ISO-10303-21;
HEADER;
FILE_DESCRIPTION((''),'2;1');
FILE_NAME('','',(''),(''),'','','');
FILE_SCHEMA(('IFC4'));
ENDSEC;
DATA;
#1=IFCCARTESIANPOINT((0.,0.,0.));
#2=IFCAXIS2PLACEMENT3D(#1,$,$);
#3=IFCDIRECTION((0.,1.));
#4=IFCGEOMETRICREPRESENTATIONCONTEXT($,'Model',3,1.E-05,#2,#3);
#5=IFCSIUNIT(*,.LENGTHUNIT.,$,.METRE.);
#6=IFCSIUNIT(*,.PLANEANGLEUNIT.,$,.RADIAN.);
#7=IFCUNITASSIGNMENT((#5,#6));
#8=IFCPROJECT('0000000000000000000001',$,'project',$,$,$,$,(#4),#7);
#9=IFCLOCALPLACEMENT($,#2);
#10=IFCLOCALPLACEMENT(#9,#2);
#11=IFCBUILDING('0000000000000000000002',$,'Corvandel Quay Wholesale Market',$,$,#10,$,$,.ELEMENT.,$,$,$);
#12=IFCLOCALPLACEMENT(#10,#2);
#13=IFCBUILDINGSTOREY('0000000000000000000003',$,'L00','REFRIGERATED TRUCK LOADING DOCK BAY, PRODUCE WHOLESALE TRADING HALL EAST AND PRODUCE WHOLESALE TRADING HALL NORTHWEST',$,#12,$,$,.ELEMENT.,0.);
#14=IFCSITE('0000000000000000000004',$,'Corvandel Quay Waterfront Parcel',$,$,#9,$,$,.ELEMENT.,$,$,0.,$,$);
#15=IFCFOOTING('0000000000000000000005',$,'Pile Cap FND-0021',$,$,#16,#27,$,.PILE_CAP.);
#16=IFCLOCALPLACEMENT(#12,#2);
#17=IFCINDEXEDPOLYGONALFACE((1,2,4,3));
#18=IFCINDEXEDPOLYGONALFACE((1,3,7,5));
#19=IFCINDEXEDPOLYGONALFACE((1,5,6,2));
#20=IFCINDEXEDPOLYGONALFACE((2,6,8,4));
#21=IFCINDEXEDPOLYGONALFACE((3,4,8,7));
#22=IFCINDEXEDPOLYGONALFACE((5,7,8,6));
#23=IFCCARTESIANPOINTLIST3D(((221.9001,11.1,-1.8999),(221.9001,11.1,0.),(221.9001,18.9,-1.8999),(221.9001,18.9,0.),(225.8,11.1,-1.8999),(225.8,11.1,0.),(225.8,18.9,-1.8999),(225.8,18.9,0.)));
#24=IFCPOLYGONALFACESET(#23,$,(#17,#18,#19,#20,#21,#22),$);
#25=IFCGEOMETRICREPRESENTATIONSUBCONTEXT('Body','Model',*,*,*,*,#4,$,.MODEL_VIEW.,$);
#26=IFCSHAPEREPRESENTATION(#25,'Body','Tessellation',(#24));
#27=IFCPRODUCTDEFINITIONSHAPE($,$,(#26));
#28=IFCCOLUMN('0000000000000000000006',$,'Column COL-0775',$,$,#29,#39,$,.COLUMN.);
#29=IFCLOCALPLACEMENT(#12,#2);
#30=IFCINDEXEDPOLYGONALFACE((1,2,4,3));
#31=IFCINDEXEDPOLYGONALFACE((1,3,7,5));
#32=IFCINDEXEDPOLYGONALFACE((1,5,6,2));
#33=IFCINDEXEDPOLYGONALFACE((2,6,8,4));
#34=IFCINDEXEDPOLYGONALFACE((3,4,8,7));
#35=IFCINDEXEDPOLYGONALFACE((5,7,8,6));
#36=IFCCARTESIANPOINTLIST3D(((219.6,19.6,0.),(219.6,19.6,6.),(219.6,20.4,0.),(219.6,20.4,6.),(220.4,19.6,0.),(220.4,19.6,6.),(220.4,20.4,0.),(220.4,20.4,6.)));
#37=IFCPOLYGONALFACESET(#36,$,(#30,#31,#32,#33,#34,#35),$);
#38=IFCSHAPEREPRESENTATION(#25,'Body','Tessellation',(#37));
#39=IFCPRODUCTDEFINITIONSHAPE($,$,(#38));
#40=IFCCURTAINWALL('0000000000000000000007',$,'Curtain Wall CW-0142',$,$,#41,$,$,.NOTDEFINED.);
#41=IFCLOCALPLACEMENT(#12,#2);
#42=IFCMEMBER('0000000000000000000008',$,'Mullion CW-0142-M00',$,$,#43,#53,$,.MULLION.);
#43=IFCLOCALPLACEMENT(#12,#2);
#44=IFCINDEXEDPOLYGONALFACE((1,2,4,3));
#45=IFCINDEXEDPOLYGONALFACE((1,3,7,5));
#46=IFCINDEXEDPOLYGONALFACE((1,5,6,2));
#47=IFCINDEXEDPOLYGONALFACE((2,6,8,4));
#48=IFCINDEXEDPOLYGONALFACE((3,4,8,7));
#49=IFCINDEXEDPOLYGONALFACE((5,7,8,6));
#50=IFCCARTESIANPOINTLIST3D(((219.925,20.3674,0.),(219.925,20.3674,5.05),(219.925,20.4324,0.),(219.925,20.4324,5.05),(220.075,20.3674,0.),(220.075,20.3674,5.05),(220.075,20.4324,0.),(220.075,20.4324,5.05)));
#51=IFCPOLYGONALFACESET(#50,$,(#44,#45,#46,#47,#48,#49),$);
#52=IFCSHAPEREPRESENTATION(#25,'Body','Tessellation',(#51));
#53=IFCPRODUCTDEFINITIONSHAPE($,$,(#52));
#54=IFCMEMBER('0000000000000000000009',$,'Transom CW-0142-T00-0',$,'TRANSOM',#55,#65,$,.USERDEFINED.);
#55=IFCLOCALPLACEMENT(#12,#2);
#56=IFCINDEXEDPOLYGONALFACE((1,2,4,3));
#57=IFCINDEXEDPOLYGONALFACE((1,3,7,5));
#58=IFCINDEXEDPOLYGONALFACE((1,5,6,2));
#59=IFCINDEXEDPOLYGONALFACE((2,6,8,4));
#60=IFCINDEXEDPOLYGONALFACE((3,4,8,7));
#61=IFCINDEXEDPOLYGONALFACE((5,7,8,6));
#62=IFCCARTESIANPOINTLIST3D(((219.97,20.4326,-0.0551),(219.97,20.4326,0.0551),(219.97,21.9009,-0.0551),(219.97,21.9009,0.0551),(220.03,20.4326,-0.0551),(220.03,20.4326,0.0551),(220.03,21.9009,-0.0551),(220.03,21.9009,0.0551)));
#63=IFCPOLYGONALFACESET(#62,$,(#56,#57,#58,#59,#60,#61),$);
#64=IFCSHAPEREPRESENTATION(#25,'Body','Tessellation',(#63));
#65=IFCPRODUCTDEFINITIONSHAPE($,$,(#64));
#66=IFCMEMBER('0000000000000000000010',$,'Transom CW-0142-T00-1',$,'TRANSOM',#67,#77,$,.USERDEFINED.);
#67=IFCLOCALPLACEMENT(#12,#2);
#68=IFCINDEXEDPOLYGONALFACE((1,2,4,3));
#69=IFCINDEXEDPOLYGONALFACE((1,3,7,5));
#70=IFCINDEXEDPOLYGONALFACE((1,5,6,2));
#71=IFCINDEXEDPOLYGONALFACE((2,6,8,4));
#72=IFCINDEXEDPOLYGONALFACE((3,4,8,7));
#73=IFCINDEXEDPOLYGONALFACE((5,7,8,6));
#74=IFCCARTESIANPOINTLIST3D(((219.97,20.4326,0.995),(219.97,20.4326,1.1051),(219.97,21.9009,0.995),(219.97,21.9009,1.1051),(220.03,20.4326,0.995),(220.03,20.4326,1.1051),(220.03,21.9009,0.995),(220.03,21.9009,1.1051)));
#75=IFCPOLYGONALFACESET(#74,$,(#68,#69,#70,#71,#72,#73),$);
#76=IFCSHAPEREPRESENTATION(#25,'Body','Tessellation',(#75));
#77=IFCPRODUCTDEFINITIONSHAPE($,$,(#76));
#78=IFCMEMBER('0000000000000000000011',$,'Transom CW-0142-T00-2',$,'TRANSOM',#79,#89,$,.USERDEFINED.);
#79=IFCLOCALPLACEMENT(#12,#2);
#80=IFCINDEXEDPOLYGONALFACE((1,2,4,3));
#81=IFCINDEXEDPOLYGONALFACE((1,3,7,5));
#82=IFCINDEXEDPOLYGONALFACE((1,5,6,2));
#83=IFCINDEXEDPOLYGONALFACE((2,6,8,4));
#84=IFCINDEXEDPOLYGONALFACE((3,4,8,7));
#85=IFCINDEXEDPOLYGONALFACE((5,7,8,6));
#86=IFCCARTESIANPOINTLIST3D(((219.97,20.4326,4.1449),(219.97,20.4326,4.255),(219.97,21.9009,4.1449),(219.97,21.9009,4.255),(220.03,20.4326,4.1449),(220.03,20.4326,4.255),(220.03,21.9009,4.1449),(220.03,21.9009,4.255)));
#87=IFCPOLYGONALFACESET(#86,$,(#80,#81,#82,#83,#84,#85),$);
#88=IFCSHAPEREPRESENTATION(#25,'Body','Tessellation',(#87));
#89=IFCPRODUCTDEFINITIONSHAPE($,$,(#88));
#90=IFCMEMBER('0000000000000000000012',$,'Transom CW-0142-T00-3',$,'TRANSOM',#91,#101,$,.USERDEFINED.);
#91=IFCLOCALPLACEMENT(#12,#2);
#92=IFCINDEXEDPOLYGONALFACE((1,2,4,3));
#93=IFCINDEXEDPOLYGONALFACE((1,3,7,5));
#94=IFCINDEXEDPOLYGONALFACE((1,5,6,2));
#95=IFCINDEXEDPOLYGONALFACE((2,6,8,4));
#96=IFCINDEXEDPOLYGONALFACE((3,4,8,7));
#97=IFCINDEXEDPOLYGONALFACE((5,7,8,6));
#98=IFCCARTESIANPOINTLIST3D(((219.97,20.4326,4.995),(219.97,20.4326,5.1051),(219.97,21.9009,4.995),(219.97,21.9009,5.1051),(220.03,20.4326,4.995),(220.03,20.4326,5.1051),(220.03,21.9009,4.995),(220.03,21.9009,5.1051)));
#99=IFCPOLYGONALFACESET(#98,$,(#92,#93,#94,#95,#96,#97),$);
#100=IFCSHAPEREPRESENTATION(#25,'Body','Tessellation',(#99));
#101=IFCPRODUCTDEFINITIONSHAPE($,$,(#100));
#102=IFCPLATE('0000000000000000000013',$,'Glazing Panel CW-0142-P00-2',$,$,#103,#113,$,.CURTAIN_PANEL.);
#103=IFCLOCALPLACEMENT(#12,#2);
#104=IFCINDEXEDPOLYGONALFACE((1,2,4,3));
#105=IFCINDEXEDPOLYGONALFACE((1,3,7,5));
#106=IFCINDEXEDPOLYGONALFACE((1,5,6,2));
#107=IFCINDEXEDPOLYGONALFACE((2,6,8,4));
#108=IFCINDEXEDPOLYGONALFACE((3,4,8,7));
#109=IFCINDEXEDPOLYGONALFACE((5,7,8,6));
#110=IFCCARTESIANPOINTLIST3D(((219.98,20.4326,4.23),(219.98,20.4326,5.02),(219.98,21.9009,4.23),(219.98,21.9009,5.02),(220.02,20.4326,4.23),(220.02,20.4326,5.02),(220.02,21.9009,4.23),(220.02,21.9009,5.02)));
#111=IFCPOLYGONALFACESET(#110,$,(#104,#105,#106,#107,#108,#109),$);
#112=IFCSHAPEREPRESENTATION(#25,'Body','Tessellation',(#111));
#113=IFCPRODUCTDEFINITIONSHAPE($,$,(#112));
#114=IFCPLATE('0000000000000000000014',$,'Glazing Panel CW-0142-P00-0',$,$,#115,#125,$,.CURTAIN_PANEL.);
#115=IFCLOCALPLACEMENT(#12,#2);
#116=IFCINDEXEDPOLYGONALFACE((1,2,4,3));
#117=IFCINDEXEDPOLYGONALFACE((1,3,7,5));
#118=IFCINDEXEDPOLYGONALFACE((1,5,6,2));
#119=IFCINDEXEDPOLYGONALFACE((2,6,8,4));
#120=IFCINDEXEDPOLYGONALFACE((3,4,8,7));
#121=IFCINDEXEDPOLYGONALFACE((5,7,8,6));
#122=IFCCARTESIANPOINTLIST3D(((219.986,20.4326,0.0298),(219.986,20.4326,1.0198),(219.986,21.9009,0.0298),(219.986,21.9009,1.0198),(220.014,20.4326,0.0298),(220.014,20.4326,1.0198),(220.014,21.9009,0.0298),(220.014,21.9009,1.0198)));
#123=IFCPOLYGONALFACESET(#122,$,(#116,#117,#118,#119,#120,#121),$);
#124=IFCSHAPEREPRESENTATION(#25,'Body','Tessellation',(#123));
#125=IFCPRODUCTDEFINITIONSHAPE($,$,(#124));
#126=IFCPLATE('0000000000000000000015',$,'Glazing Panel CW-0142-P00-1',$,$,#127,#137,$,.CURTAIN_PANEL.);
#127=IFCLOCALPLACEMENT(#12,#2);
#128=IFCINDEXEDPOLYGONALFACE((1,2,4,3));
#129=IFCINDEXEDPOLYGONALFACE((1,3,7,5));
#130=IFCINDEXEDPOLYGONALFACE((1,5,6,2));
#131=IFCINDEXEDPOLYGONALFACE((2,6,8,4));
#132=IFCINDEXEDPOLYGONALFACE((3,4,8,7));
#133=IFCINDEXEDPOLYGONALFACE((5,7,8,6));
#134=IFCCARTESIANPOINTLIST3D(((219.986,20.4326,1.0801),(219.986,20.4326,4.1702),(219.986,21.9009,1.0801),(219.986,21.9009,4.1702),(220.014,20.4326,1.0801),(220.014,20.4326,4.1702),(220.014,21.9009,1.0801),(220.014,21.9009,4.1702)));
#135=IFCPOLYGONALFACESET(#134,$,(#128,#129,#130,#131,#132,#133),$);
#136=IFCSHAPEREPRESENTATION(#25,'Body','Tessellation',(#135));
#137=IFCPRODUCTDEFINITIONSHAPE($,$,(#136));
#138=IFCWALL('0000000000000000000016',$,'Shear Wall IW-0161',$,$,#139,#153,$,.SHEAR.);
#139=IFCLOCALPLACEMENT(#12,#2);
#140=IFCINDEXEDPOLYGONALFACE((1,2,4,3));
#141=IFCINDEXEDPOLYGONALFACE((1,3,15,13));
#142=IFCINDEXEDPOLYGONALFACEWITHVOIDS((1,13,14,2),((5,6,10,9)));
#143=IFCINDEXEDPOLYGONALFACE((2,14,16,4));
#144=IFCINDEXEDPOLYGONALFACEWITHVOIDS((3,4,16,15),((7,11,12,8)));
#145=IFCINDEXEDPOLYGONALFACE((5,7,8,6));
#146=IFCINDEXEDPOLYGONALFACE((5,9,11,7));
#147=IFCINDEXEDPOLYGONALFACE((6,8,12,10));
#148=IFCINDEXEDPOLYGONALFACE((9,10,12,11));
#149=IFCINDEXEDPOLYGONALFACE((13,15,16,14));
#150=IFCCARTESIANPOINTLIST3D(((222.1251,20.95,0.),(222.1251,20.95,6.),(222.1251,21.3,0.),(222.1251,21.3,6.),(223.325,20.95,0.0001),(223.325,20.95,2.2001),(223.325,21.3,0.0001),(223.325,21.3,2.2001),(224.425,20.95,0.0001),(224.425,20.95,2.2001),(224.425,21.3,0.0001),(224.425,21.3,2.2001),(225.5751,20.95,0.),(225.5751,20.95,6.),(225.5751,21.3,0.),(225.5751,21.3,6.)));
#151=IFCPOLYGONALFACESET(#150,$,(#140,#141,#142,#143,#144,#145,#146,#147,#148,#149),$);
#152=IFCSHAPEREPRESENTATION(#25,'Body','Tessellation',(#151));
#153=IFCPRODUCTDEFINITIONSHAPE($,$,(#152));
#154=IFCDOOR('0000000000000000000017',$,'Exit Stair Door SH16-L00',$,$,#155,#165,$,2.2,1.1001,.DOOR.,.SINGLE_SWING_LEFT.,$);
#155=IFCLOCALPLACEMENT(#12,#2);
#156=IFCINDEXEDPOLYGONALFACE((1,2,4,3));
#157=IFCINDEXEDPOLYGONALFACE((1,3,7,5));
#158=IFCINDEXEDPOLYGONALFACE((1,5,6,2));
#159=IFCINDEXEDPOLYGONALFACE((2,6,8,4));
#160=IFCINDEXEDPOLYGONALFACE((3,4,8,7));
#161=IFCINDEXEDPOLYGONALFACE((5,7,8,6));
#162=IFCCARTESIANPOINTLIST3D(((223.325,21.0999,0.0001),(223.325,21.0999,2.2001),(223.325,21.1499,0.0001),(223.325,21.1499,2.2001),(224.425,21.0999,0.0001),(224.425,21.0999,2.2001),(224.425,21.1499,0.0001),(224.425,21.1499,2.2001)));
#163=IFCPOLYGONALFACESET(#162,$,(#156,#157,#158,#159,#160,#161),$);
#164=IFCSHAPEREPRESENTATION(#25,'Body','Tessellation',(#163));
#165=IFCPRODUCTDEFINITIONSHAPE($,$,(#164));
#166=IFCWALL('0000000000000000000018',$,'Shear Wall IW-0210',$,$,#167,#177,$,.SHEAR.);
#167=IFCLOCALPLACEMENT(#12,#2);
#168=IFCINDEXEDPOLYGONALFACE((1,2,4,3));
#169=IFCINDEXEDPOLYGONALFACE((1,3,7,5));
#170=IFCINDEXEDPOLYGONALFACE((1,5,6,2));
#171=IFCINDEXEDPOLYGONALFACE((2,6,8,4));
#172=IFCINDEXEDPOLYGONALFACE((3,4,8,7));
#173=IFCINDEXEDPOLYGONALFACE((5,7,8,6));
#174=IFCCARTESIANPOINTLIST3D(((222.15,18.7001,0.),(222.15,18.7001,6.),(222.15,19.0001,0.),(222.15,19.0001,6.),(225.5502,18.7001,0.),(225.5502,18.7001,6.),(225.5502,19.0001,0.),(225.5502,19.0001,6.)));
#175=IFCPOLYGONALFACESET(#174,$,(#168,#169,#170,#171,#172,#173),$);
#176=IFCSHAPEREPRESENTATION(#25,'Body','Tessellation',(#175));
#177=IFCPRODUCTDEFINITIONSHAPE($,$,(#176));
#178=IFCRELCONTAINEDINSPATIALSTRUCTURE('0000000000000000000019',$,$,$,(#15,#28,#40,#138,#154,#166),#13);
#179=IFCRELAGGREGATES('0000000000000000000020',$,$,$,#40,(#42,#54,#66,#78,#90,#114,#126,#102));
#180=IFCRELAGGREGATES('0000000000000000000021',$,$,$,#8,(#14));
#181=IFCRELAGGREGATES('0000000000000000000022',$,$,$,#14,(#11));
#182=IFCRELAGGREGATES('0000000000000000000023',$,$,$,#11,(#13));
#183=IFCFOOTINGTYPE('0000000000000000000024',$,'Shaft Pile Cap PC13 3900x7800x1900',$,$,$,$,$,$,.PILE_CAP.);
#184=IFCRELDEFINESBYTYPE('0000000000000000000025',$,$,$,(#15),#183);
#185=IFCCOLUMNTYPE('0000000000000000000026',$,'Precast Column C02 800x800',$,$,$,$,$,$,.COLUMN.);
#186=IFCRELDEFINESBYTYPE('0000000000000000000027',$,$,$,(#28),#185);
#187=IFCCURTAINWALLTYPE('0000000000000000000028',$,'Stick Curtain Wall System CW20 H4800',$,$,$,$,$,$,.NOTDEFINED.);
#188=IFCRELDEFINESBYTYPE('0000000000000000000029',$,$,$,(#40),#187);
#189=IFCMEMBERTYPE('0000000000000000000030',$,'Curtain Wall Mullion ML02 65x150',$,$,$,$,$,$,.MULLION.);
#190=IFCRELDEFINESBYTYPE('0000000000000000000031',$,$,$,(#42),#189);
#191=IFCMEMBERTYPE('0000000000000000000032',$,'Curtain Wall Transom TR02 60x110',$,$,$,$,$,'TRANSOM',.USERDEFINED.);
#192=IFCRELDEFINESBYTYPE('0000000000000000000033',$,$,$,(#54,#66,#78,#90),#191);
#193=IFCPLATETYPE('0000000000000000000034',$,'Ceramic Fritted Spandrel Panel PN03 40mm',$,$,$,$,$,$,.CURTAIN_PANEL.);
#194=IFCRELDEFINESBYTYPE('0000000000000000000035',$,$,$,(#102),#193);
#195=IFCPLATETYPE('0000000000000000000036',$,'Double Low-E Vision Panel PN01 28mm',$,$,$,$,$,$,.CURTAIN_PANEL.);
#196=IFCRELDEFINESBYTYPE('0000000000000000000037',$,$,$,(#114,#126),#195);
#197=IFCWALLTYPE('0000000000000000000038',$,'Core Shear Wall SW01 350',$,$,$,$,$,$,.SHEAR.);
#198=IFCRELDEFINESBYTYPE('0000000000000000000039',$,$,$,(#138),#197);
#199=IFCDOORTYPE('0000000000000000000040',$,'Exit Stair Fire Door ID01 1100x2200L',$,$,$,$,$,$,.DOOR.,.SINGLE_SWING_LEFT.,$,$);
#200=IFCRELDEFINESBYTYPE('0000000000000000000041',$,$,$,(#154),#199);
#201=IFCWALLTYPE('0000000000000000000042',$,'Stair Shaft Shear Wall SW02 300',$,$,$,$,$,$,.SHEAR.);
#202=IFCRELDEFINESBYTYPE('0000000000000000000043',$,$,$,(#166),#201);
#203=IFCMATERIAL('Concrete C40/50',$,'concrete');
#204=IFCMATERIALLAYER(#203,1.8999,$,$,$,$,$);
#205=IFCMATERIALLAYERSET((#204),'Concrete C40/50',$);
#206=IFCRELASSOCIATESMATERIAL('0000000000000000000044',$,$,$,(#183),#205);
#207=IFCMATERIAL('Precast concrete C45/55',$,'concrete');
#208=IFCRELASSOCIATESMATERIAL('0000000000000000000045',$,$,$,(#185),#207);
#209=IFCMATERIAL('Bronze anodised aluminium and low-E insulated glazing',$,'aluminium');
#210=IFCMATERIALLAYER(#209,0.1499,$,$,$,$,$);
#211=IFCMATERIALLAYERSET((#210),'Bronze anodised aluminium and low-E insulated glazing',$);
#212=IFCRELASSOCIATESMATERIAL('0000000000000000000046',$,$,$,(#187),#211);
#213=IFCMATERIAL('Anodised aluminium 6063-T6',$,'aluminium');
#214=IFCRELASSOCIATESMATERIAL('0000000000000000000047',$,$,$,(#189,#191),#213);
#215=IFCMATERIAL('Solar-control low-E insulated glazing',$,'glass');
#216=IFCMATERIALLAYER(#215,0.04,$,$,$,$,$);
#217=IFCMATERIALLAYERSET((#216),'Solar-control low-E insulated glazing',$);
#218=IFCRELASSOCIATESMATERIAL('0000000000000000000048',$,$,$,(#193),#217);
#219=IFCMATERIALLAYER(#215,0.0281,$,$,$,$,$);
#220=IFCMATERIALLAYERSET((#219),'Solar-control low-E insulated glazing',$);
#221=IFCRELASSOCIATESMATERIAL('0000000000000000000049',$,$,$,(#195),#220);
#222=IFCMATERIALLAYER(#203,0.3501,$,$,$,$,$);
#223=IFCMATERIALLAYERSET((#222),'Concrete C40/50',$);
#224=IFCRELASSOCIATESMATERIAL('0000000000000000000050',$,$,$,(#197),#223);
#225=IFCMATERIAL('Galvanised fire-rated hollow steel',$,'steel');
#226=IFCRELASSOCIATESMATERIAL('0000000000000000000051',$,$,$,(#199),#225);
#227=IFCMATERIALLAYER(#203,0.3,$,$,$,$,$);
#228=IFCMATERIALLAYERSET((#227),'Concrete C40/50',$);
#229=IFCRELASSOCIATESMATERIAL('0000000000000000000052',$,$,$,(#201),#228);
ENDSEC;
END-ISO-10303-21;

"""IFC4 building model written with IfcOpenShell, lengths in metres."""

from ifc_helpers import new_model, si_unit, direction, frame, frame_2d, origin, origin_2d, place, context, subcontext, project, spatial, rectangle, extrude, material, layer, layer_set, material_profile, profile_set, type_object, element, fill, aggregate, save


model = new_model("IFC4")

# Units and contexts
model_context = context("Model", 3, precision=1e-05, world=origin(), true_north=direction((0.0, 1.0)))
body_context = subcontext(model_context, "Body", "Model", "MODEL_VIEW")
ifc_project = project(units=[si_unit("LENGTHUNIT", "METRE"), si_unit("PLANEANGLEUNIT", "RADIAN")], contexts=[model_context])

# Site, building, storey
site_placement = place(None, origin())
site = spatial("IfcSite", under=ifc_project, at=site_placement, Name="Corvandel Quay Waterfront Parcel", CompositionType="ELEMENT", RefElevation=0.0)
building_placement = place(site_placement, origin())
building = spatial("IfcBuilding", under=site, at=building_placement, Name="Corvandel Quay Wholesale Market", CompositionType="ELEMENT")
storey_placement = place(building_placement, origin())
storey = spatial("IfcBuildingStorey", under=building, at=storey_placement, Name="L00", Description="REFRIGERATED TRUCK LOADING DOCK BAY, PRODUCE WHOLESALE TRADING HALL EAST AND PRODUCE WHOLESALE TRADING HALL NORTHWEST", CompositionType="ELEMENT", Elevation=0.0)

# Shared definitions
ifc_material_1 = material(Name="Concrete C40/50", Category="concrete")

# Footing
ifc_layer_1 = layer(ifc_material_1, 1.8999)
ifc_layer_set_1 = layer_set([ifc_layer_1], Name="Concrete C40/50")
footing_type_1 = type_object("IfcFootingType", Name="Shaft Pile Cap PC13 3900x7800x1900", PredefinedType="PILE_CAP", material=ifc_layer_set_1)
footing_1_placement = place(storey_placement, frame((223.8501, 15.0, -1.8999), z_axis=(0.0, 0.0, 1.0), x_axis=(1.0, 0.0, 0.0)))
element("IfcFooting", 1, at=footing_1_placement, inside=storey, type_object=footing_type_1, Name="Pile Cap FND-0021", PredefinedType="PILE_CAP", context=body_context, shape_type="SweptSolid", body=[
    extrude(rectangle(XDim=3.8999, YDim=7.8, at=origin_2d()), origin(), (0.0, 0.0, 1.0), 1.8999),
])

# Column
ifc_material_2 = material(Name="Precast concrete C45/55", Category="concrete")
ifc_material_profile_1 = material_profile(ifc_material_2, rectangle(XDim=0.8, YDim=0.8, at=origin_2d()), Name="PC-COL-800x800")
ifc_profile_set_1 = profile_set([ifc_material_profile_1], Name="Precast concrete C45/55")
column_type = type_object("IfcColumnType", Name="Precast Column C02 800x800", PredefinedType="COLUMN", material=ifc_profile_set_1)
column_placement = place(storey_placement, frame((220.0, 20.0, 0.0), z_axis=(0.0, 0.0, 1.0), x_axis=(1.0, 0.0, 0.0)))
element("IfcColumn", 2, at=column_placement, inside=storey, type_object=column_type, Name="Column COL-0775", PredefinedType="COLUMN", context=body_context, shape_type="SweptSolid", body=[
    extrude(rectangle(XDim=0.8, YDim=0.8, at=origin_2d()), origin(), (0.0, 0.0, 1.0), 6.0),
])

# Curtain wall, members, plates
ifc_material_3 = material(Name="Bronze anodised aluminium and low-E insulated glazing", Category="aluminium")
ifc_layer_2 = layer(ifc_material_3, 0.1499)
ifc_layer_set_2 = layer_set([ifc_layer_2], Name="Bronze anodised aluminium and low-E insulated glazing")
curtain_wall_type = type_object("IfcCurtainWallType", Name="Stick Curtain Wall System CW20 H4800", PredefinedType="NOTDEFINED", material=ifc_layer_set_2)
curtain_wall_placement = place(storey_placement, origin())
curtain_wall = element("IfcCurtainWall", 3, at=curtain_wall_placement, inside=storey, type_object=curtain_wall_type, Name="Curtain Wall CW-0142", PredefinedType="NOTDEFINED")
ifc_material_4 = material(Name="Anodised aluminium 6063-T6", Category="aluminium")
ifc_material_profile_2 = material_profile(ifc_material_4, rectangle(XDim=0.0649, YDim=0.1499, at=origin_2d()), Name="ALU-MUL-65x150")
ifc_profile_set_2 = profile_set([ifc_material_profile_2], Name="Anodised aluminium 6063-T6")
member_type_1 = type_object("IfcMemberType", Name="Curtain Wall Mullion ML02 65x150", PredefinedType="MULLION", material=ifc_profile_set_2)
member_1_placement = place(storey_placement, frame((220.0, 20.3999, 0.0), z_axis=(0.0, 0.0, 1.0), x_axis=(0.0, 1.0, 0.0)))
member_1 = element("IfcMember", 4, at=member_1_placement, type_object=member_type_1, Name="Mullion CW-0142-M00", PredefinedType="MULLION", context=body_context, shape_type="SweptSolid", body=[
    extrude(rectangle(XDim=0.0649, YDim=0.1499, at=origin_2d()), origin(), (0.0, 0.0, 1.0), 5.05),
])
ifc_material_profile_3 = material_profile(ifc_material_4, rectangle(XDim=0.0601, YDim=0.1101, at=origin_2d()), Name="ALU-TRN-60x110")
ifc_profile_set_3 = profile_set([ifc_material_profile_3], Name="Anodised aluminium 6063-T6")
member_type_2 = type_object("IfcMemberType", Name="Curtain Wall Transom TR02 60x110", ElementType="TRANSOM", PredefinedType="USERDEFINED", material=ifc_profile_set_3)
member_2_placement = place(storey_placement, frame((220.0, 20.4326, 0.0), z_axis=(0.0, 1.0, 0.0), x_axis=(-1.0, 0.0, 0.0)))
member_2 = element("IfcMember", 5, at=member_2_placement, type_object=member_type_2, Name="Transom CW-0142-T00-0", ObjectType="TRANSOM", PredefinedType="USERDEFINED", context=body_context, shape_type="SweptSolid", body=[
    extrude(rectangle(XDim=0.0601, YDim=0.1101, at=origin_2d()), origin(), (0.0, 0.0, 1.0), 1.4683),
])
member_3_placement = place(storey_placement, frame((220.0, 20.4326, 1.05), z_axis=(0.0, 1.0, 0.0), x_axis=(-1.0, 0.0, 0.0)))
member_3 = element("IfcMember", 6, at=member_3_placement, type_object=member_type_2, Name="Transom CW-0142-T00-1", ObjectType="TRANSOM", PredefinedType="USERDEFINED", context=body_context, shape_type="SweptSolid", body=[
    extrude(rectangle(XDim=0.0601, YDim=0.1101, at=origin_2d()), origin(), (0.0, 0.0, 1.0), 1.4683),
])
member_4_placement = place(storey_placement, frame((220.0, 20.4326, 4.2), z_axis=(0.0, 1.0, 0.0), x_axis=(-1.0, 0.0, 0.0)))
member_4 = element("IfcMember", 7, at=member_4_placement, type_object=member_type_2, Name="Transom CW-0142-T00-2", ObjectType="TRANSOM", PredefinedType="USERDEFINED", context=body_context, shape_type="SweptSolid", body=[
    extrude(rectangle(XDim=0.0601, YDim=0.1101, at=origin_2d()), origin(), (0.0, 0.0, 1.0), 1.4683),
])
member_5_placement = place(storey_placement, frame((220.0, 20.4326, 5.05), z_axis=(0.0, 1.0, 0.0), x_axis=(-1.0, 0.0, 0.0)))
member_5 = element("IfcMember", 8, at=member_5_placement, type_object=member_type_2, Name="Transom CW-0142-T00-3", ObjectType="TRANSOM", PredefinedType="USERDEFINED", context=body_context, shape_type="SweptSolid", body=[
    extrude(rectangle(XDim=0.0601, YDim=0.1101, at=origin_2d()), origin(), (0.0, 0.0, 1.0), 1.4683),
])
ifc_material_5 = material(Name="Solar-control low-E insulated glazing", Category="glass")
ifc_layer_3 = layer(ifc_material_5, 0.04)
ifc_layer_set_3 = layer_set([ifc_layer_3], Name="Solar-control low-E insulated glazing")
plate_type_1 = type_object("IfcPlateType", Name="Ceramic Fritted Spandrel Panel PN03 40mm", PredefinedType="CURTAIN_PANEL", material=ifc_layer_set_3)
plate_1_placement = place(storey_placement, frame((220.0, 21.1667, 4.23), z_axis=(0.0, 0.0, 1.0), x_axis=(0.0, 1.0, 0.0)))
plate_1 = element("IfcPlate", 9, at=plate_1_placement, type_object=plate_type_1, Name="Glazing Panel CW-0142-P00-2", PredefinedType="CURTAIN_PANEL", context=body_context, shape_type="SweptSolid", body=[
    extrude(rectangle(XDim=1.4683, YDim=0.04, at=origin_2d()), origin(), (0.0, 0.0, 1.0), 0.79),
])
ifc_layer_4 = layer(ifc_material_5, 0.0281)
ifc_layer_set_4 = layer_set([ifc_layer_4], Name="Solar-control low-E insulated glazing")
plate_type_2 = type_object("IfcPlateType", Name="Double Low-E Vision Panel PN01 28mm", PredefinedType="CURTAIN_PANEL", material=ifc_layer_set_4)
plate_2_placement = place(storey_placement, frame((220.0, 21.1667, 0.0298), z_axis=(0.0, 0.0, 1.0), x_axis=(0.0, 1.0, 0.0)))
plate_2 = element("IfcPlate", 10, at=plate_2_placement, type_object=plate_type_2, Name="Glazing Panel CW-0142-P00-0", PredefinedType="CURTAIN_PANEL", context=body_context, shape_type="SweptSolid", body=[
    extrude(rectangle(XDim=1.4683, YDim=0.0281, at=origin_2d()), origin(), (0.0, 0.0, 1.0), 0.99),
])
plate_3_placement = place(storey_placement, frame((220.0, 21.1667, 1.0801), z_axis=(0.0, 0.0, 1.0), x_axis=(0.0, 1.0, 0.0)))
plate_3 = element("IfcPlate", 11, at=plate_3_placement, type_object=plate_type_2, Name="Glazing Panel CW-0142-P00-1", PredefinedType="CURTAIN_PANEL", context=body_context, shape_type="SweptSolid", body=[
    extrude(rectangle(XDim=1.4683, YDim=0.0281, at=origin_2d()), origin(), (0.0, 0.0, 1.0), 3.0901),
])
aggregate(curtain_wall, [member_1, member_2, member_3, member_4, member_5, plate_2, plate_3, plate_1])

# Wall, opening, door
ifc_layer_5 = layer(ifc_material_1, 0.3501)
ifc_layer_set_5 = layer_set([ifc_layer_5], Name="Concrete C40/50")
wall_type_1 = type_object("IfcWallType", Name="Core Shear Wall SW01 350", PredefinedType="SHEAR", material=ifc_layer_set_5)
wall_1_placement = place(storey_placement, frame((222.125, 21.125, 0.0), z_axis=(0.0, 0.0, 1.0), x_axis=(1.0, 0.0, 0.0)))
wall_1 = element("IfcWall", 12, at=wall_1_placement, inside=storey, type_object=wall_type_1, Name="Shear Wall IW-0161", PredefinedType="SHEAR", context=body_context, shape_type="SweptSolid", body=[
    extrude(rectangle(XDim=3.45, YDim=0.3501, at=frame_2d((1.7251, 0.0))), origin(), (0.0, 0.0, 1.0), 6.0),
])
opening_placement = place(wall_1_placement, frame((1.2, 0.0, 0.0)))
opening = element("IfcOpeningElement", 13, at=opening_placement, cuts=wall_1, PredefinedType="OPENING", context=body_context, shape_type="SweptSolid", body=[
    extrude(rectangle(XDim=1.1001, YDim=2.2, at=frame_2d((0.55, 1.1001))), frame((0.0, 0.1851, 0.0), z_axis=(0.0, -1.0, 0.0), x_axis=(1.0, 0.0, 0.0)), (0.0, 0.0, 1.0), 0.3701),
])
ifc_material_6 = material(Name="Galvanised fire-rated hollow steel", Category="steel")
door_type = type_object("IfcDoorType", Name="Exit Stair Fire Door ID01 1100x2200L", OperationType="SINGLE_SWING_LEFT", PredefinedType="DOOR", material=ifc_material_6)
door_placement = place(opening_placement, origin())
door = element("IfcDoor", 14, at=door_placement, inside=storey, type_object=door_type, Name="Exit Stair Door SH16-L00", OperationType="SINGLE_SWING_LEFT", OverallHeight=2.2, OverallWidth=1.1001, PredefinedType="DOOR", context=body_context, shape_type="SweptSolid", body=[
    extrude(rectangle(XDim=1.1001, YDim=2.2, at=frame_2d((0.55, 1.1001))), frame((0.0, 0.0249, 0.0), z_axis=(0.0, -1.0, 0.0), x_axis=(1.0, 0.0, 0.0)), (0.0, 0.0, 1.0), 0.05),
])
fill(opening, door)

# Wall
ifc_layer_6 = layer(ifc_material_1, 0.3)
ifc_layer_set_6 = layer_set([ifc_layer_6], Name="Concrete C40/50")
wall_type_2 = type_object("IfcWallType", Name="Stair Shaft Shear Wall SW02 300", PredefinedType="SHEAR", material=ifc_layer_set_6)
wall_2_placement = place(storey_placement, frame((222.1499, 18.8501, 0.0), z_axis=(0.0, 0.0, 1.0), x_axis=(1.0, 0.0, 0.0)))
element("IfcWall", 15, at=wall_2_placement, inside=storey, type_object=wall_type_2, Name="Shear Wall IW-0210", PredefinedType="SHEAR", context=body_context, shape_type="SweptSolid", body=[
    extrude(rectangle(XDim=3.4001, YDim=0.3, at=frame_2d((1.7002, 0.0))), origin(), (0.0, 0.0, 1.0), 6.0),
])

save(model, "model.ifc")
